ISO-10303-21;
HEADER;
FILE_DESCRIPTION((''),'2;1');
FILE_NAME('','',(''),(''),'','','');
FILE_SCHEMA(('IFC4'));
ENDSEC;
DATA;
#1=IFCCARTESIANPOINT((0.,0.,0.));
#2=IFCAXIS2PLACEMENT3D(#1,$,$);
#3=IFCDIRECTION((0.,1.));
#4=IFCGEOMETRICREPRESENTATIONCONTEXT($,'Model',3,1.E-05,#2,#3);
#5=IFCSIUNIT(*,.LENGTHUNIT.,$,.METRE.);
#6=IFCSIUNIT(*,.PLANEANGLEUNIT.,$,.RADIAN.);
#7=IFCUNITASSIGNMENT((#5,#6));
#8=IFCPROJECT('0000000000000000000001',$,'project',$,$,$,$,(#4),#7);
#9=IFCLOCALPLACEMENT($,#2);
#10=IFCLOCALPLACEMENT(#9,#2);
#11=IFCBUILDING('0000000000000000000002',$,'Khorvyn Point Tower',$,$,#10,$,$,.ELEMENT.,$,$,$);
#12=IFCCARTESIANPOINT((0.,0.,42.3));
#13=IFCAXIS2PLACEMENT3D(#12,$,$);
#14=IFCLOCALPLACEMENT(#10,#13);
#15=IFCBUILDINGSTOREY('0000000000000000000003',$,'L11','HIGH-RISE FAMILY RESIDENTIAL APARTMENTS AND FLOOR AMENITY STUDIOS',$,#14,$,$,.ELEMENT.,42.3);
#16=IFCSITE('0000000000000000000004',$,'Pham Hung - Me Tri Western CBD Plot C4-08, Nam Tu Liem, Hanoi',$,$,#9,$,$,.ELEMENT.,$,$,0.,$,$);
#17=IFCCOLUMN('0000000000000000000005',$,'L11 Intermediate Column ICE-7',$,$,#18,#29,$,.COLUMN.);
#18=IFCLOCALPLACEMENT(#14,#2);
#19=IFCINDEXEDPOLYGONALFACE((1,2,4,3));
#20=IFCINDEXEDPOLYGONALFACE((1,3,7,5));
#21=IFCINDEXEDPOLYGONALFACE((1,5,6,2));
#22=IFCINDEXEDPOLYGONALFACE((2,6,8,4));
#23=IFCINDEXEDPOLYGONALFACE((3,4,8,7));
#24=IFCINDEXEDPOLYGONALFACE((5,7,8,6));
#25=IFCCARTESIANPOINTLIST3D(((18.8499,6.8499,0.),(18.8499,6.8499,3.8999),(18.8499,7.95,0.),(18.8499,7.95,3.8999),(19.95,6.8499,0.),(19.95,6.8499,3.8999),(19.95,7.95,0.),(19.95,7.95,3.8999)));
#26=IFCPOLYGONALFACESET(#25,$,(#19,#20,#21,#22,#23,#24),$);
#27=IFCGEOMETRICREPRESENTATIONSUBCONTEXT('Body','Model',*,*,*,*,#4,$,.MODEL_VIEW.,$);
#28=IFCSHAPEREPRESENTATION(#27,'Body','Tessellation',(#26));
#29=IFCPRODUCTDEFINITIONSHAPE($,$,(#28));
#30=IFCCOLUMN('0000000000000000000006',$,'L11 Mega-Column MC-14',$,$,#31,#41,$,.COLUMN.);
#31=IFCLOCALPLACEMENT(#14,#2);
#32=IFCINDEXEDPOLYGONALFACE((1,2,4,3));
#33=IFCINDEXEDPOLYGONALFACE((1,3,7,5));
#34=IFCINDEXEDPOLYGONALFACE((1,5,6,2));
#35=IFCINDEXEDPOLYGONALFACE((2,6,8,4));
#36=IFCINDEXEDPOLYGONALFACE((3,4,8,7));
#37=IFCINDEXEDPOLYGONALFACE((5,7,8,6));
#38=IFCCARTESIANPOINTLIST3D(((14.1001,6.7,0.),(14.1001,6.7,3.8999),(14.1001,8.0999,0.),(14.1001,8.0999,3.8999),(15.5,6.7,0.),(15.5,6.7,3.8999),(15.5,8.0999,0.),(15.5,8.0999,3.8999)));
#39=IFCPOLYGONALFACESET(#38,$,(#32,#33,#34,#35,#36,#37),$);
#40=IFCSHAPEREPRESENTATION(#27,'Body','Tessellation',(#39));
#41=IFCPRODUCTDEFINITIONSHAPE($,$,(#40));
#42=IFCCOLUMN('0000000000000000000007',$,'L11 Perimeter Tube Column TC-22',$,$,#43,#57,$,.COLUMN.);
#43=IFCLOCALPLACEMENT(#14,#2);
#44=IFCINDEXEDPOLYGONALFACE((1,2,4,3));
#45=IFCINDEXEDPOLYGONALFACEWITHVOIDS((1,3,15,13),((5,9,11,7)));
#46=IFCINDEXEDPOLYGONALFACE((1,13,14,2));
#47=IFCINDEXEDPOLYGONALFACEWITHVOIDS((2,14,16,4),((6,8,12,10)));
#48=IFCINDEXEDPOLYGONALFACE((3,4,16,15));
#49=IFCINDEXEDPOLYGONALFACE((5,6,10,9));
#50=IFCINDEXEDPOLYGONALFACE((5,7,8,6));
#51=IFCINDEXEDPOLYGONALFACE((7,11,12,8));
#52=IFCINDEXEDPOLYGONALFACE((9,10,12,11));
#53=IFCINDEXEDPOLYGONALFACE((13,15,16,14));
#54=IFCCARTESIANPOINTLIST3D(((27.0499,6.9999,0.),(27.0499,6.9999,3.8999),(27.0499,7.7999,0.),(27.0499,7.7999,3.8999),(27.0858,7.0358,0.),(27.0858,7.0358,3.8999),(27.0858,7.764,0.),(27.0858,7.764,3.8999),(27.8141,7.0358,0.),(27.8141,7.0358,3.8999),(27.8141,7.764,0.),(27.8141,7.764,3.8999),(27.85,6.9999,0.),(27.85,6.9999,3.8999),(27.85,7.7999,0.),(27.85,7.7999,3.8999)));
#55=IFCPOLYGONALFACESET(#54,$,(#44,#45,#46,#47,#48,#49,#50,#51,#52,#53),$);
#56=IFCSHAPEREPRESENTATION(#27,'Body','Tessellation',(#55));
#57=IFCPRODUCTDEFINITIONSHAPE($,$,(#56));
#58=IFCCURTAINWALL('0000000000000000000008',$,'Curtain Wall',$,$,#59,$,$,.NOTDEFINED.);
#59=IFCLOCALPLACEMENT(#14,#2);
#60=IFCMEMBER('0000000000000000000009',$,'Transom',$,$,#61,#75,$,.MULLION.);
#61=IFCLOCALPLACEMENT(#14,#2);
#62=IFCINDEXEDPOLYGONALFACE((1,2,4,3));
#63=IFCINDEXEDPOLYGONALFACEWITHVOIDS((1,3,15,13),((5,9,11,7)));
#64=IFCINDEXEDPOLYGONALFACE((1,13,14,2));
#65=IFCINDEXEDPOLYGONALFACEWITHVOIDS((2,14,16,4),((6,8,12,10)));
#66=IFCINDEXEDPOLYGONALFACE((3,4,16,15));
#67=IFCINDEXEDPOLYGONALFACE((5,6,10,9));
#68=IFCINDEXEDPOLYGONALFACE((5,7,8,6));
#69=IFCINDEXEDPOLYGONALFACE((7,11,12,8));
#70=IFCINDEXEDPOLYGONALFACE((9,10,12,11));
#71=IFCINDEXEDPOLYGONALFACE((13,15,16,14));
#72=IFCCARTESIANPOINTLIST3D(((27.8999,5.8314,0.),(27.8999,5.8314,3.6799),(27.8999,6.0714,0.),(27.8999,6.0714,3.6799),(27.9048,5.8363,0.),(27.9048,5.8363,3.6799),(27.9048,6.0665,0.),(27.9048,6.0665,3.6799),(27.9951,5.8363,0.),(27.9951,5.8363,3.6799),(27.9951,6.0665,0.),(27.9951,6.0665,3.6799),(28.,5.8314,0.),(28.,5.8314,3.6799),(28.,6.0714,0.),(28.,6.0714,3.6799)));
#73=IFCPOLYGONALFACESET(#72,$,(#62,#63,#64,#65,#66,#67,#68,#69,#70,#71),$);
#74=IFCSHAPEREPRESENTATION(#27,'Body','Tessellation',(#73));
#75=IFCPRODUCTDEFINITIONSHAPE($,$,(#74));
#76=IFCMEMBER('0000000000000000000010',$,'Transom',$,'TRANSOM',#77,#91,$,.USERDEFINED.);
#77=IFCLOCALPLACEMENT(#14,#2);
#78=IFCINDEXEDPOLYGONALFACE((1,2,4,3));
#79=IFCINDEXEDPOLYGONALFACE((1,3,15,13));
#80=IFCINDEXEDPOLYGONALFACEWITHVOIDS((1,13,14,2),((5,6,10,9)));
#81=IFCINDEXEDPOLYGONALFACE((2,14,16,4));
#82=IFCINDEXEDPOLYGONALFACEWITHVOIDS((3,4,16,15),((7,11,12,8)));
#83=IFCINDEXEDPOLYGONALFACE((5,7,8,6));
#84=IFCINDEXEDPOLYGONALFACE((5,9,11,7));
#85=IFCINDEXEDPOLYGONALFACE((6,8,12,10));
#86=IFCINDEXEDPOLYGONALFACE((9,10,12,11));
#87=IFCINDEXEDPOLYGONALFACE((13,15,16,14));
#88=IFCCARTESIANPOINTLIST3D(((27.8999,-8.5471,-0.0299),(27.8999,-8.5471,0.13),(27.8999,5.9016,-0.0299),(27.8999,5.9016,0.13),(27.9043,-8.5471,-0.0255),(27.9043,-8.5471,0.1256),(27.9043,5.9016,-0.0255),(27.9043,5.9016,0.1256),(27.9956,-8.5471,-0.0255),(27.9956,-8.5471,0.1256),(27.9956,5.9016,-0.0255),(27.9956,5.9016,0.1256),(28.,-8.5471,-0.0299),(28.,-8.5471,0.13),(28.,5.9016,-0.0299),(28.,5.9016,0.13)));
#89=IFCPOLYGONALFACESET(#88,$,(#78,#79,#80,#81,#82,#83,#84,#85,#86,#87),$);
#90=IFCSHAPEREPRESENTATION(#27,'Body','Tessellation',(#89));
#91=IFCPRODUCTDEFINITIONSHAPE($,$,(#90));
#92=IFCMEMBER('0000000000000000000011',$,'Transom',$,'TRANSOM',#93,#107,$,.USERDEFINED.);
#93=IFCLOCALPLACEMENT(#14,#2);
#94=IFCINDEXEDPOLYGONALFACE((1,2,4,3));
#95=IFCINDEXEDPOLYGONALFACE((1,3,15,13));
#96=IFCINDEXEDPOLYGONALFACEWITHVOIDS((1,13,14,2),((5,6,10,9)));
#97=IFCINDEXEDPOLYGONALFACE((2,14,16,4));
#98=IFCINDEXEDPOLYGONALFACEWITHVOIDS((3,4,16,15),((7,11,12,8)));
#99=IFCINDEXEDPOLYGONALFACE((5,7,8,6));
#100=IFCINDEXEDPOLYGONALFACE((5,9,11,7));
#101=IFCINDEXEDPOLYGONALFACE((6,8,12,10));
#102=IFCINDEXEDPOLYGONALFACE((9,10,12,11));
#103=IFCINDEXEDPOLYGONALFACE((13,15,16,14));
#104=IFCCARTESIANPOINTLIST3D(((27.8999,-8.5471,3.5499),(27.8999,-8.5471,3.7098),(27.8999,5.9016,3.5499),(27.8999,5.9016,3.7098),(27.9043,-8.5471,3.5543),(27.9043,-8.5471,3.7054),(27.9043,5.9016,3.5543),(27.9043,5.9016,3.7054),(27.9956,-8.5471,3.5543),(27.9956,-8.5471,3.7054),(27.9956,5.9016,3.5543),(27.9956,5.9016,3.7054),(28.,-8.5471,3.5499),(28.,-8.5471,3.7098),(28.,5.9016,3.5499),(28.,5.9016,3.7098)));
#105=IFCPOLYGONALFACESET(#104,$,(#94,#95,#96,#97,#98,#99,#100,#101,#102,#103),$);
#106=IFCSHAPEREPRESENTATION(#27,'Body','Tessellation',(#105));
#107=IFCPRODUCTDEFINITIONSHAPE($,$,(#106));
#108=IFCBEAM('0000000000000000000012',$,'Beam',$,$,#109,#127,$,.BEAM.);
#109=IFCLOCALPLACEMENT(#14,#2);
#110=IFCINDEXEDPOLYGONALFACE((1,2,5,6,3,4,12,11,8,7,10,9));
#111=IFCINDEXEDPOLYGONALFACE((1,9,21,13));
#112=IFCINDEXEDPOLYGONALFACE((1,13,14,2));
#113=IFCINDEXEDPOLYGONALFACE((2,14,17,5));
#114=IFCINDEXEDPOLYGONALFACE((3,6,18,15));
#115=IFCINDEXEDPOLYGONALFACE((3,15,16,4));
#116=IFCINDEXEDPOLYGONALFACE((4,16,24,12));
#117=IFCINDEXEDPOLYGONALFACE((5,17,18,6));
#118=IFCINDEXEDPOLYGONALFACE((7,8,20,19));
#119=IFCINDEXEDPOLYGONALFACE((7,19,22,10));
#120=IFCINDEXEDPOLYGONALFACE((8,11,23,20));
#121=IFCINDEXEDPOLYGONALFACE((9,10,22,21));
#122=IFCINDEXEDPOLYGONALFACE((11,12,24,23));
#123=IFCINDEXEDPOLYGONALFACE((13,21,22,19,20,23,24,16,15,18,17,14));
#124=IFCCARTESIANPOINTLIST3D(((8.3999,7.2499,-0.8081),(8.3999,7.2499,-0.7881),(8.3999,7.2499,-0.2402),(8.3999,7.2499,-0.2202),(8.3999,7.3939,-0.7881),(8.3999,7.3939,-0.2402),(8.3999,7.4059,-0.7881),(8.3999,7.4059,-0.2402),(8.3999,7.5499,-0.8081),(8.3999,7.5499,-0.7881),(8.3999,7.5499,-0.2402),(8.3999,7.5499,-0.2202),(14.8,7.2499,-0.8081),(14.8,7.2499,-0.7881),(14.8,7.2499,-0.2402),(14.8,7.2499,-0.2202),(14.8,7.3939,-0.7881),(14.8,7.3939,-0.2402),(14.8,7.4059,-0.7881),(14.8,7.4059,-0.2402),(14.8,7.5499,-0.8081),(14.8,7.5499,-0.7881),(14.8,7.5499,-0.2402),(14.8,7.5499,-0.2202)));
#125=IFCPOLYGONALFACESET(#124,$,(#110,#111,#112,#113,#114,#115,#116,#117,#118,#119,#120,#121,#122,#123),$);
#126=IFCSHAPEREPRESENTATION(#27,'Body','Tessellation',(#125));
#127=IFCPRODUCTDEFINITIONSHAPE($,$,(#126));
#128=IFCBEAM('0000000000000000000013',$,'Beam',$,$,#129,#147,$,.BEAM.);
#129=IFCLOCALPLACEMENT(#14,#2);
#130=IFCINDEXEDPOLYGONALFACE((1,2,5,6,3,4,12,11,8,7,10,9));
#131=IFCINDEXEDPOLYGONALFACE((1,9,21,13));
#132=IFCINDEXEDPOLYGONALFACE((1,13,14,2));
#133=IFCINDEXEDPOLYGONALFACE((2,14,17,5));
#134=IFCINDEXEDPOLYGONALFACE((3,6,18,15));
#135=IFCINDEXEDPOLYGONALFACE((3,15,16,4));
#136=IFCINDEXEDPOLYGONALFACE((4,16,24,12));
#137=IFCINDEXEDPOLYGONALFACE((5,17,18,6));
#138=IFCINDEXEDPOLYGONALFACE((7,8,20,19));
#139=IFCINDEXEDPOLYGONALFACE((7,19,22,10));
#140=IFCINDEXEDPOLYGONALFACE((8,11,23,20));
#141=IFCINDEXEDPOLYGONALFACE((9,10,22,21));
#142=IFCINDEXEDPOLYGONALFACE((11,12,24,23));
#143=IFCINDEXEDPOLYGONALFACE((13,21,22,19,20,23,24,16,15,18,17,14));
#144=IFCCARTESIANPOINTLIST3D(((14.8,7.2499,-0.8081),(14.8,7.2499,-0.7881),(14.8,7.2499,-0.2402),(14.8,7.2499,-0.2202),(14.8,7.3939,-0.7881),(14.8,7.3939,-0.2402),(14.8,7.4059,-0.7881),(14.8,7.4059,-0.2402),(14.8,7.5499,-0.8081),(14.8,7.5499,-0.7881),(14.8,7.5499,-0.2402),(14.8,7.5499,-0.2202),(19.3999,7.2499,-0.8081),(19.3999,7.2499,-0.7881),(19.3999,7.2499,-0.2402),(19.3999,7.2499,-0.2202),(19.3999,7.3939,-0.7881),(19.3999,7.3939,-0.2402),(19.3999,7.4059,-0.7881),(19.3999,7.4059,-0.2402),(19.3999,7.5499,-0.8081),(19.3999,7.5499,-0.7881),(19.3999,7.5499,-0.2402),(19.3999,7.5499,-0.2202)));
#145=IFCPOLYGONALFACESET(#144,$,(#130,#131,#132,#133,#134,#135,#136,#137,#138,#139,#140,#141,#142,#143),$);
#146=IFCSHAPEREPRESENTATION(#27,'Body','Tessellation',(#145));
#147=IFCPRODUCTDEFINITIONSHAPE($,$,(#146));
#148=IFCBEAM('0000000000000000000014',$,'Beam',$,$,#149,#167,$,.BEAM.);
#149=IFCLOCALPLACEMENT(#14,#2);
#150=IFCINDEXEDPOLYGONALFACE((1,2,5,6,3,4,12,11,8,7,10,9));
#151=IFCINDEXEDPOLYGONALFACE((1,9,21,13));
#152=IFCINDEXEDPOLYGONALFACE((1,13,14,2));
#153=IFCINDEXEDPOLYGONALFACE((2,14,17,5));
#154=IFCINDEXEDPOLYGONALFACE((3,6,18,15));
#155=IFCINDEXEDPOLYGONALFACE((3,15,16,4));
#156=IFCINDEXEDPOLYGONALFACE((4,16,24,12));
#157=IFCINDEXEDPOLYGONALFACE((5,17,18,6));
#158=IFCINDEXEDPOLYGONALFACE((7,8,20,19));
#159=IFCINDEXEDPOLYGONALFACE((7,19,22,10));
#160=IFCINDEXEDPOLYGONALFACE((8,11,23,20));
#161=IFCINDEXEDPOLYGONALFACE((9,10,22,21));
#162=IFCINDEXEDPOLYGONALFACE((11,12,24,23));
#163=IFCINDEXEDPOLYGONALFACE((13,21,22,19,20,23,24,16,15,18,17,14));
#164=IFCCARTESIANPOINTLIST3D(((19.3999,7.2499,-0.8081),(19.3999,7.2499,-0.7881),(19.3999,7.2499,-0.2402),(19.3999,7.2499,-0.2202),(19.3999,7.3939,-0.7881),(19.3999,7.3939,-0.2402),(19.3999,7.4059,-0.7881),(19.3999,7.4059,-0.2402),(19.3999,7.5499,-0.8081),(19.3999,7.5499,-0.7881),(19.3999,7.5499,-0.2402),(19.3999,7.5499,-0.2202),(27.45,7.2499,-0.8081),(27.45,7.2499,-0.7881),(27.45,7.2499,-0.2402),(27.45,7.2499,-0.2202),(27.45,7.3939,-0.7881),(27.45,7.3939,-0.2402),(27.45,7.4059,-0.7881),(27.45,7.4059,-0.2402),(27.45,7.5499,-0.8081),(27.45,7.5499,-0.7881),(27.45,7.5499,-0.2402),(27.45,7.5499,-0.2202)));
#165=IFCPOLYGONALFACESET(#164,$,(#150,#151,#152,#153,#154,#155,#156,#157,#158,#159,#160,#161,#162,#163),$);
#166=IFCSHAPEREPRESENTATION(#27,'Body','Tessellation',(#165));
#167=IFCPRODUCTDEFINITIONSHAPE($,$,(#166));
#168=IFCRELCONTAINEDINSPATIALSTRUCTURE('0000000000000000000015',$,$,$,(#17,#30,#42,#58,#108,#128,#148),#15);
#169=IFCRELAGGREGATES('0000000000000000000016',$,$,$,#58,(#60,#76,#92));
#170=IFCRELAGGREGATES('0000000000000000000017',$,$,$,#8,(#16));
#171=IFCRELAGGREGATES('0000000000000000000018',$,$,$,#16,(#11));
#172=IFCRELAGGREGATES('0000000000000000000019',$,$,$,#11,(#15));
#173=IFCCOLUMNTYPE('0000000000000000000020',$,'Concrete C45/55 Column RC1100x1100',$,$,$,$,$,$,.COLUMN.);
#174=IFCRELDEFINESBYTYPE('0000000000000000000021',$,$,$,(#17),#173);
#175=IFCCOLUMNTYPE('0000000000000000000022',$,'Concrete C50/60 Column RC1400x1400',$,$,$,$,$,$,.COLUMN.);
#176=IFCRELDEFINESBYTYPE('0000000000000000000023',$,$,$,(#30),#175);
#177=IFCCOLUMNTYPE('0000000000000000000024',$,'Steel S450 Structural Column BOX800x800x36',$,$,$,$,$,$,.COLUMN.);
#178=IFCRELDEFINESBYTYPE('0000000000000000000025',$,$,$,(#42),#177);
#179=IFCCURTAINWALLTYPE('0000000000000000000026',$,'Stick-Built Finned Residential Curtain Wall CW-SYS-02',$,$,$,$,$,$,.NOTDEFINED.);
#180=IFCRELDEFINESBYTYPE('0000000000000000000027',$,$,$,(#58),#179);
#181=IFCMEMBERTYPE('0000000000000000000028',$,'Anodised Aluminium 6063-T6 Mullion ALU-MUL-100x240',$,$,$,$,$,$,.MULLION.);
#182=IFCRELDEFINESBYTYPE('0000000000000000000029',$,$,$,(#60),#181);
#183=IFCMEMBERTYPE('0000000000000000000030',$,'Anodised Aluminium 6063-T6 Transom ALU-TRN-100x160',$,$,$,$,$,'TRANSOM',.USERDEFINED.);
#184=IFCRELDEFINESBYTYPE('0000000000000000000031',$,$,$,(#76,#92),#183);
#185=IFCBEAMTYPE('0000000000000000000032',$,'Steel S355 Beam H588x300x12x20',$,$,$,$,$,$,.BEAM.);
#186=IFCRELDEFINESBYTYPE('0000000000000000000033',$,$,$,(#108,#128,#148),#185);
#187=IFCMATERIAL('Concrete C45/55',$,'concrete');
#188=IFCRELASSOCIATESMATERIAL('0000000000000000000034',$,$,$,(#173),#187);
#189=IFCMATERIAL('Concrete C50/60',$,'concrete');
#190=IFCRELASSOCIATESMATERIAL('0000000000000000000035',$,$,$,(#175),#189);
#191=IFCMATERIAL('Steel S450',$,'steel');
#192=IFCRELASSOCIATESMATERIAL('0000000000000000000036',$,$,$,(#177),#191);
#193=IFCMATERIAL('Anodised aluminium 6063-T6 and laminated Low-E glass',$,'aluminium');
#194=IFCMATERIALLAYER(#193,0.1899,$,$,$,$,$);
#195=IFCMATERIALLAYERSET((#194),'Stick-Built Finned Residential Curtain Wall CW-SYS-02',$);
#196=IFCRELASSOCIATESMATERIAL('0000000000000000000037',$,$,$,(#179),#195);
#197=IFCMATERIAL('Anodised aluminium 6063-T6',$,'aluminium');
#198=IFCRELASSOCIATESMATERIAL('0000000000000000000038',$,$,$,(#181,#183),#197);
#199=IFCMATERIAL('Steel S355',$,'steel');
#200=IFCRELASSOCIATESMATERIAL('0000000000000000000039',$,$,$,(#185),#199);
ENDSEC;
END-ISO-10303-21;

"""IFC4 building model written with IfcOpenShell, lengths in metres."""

from ifc_helpers import new_model, si_unit, direction, frame, origin, origin_2d, place, context, subcontext, project, spatial, rectangle, hollow_rectangle, i_section, extrude, material, layer, layer_set, material_profile, profile_set, type_object, element, aggregate, save


model = new_model("IFC4")

# Units and contexts
model_context = context("Model", 3, precision=1e-05, world=origin(), true_north=direction((0.0, 1.0)))
body_context = subcontext(model_context, "Body", "Model", "MODEL_VIEW")
ifc_project = project(units=[si_unit("LENGTHUNIT", "METRE"), si_unit("PLANEANGLEUNIT", "RADIAN")], contexts=[model_context])

# Site, building, storey
site_placement = place(None, origin())
site = spatial("IfcSite", under=ifc_project, at=site_placement, Name="Pham Hung - Me Tri Western CBD Plot C4-08, Nam Tu Liem, Hanoi", CompositionType="ELEMENT", RefElevation=0.0)
building_placement = place(site_placement, origin())
building = spatial("IfcBuilding", under=site, at=building_placement, Name="Khorvyn Point Tower", CompositionType="ELEMENT")
storey_placement = place(building_placement, frame((0.0, 0.0, 42.3)))
storey = spatial("IfcBuildingStorey", under=building, at=storey_placement, Name="L11", Description="HIGH-RISE FAMILY RESIDENTIAL APARTMENTS AND FLOOR AMENITY STUDIOS", CompositionType="ELEMENT", Elevation=42.3)

# Columns
ifc_material_1 = material(Name="Concrete C45/55", Category="concrete")
ifc_material_profile_1 = material_profile(ifc_material_1, rectangle(XDim=1.1001, YDim=1.1001, at=origin_2d()))
ifc_profile_set_1 = profile_set([ifc_material_profile_1], Name="Concrete C45/55 RC1100x1100")
column_type_1 = type_object("IfcColumnType", Name="Concrete C45/55 Column RC1100x1100", PredefinedType="COLUMN", material=ifc_profile_set_1)
column_1_placement = place(storey_placement, frame((19.3999, 7.3999, 0.0), z_axis=(0.0, 0.0, 1.0), x_axis=(1.0, 0.0, 0.0)))
element("IfcColumn", 1, at=column_1_placement, inside=storey, type_object=column_type_1, Name="L11 Intermediate Column ICE-7", PredefinedType="COLUMN", context=body_context, shape_type="SweptSolid", body=[
    extrude(rectangle(XDim=1.1001, YDim=1.1001, at=origin_2d()), origin(), (0.0, 0.0, 1.0), 3.8999),
])
ifc_material_2 = material(Name="Concrete C50/60", Category="concrete")
ifc_material_profile_2 = material_profile(ifc_material_2, rectangle(XDim=1.3999, YDim=1.3999, at=origin_2d()))
ifc_profile_set_2 = profile_set([ifc_material_profile_2], Name="Concrete C50/60 RC1400x1400")
column_type_2 = type_object("IfcColumnType", Name="Concrete C50/60 Column RC1400x1400", PredefinedType="COLUMN", material=ifc_profile_set_2)
column_2_placement = place(storey_placement, frame((14.8, 7.3999, 0.0), z_axis=(0.0, 0.0, 1.0), x_axis=(1.0, 0.0, 0.0)))
element("IfcColumn", 2, at=column_2_placement, inside=storey, type_object=column_type_2, Name="L11 Mega-Column MC-14", PredefinedType="COLUMN", context=body_context, shape_type="SweptSolid", body=[
    extrude(rectangle(XDim=1.3999, YDim=1.3999, at=origin_2d()), origin(), (0.0, 0.0, 1.0), 3.8999),
])
ifc_material_3 = material(Name="Steel S450", Category="steel")
ifc_material_profile_3 = material_profile(ifc_material_3, hollow_rectangle(XDim=0.8, YDim=0.8, WallThickness=0.0359, at=origin_2d()))
ifc_profile_set_3 = profile_set([ifc_material_profile_3], Name="Steel S450 BOX800x800x36")
column_type_3 = type_object("IfcColumnType", Name="Steel S450 Structural Column BOX800x800x36", PredefinedType="COLUMN", material=ifc_profile_set_3)
column_3_placement = place(storey_placement, frame((27.45, 7.3999, 0.0), z_axis=(0.0, 0.0, 1.0), x_axis=(1.0, 0.0, 0.0)))
element("IfcColumn", 3, at=column_3_placement, inside=storey, type_object=column_type_3, Name="L11 Perimeter Tube Column TC-22", PredefinedType="COLUMN", context=body_context, shape_type="SweptSolid", body=[
    extrude(hollow_rectangle(XDim=0.8, YDim=0.8, WallThickness=0.0359, at=origin_2d()), origin(), (0.0, 0.0, 1.0), 3.8999),
])

# Curtain wall, members
ifc_material_4 = material(Name="Anodised aluminium 6063-T6 and laminated Low-E glass", Category="aluminium")
ifc_layer_1 = layer(ifc_material_4, 0.1899)
ifc_layer_set_1 = layer_set([ifc_layer_1], Name="Stick-Built Finned Residential Curtain Wall CW-SYS-02")
curtain_wall_type = type_object("IfcCurtainWallType", Name="Stick-Built Finned Residential Curtain Wall CW-SYS-02", PredefinedType="NOTDEFINED", material=ifc_layer_set_1)
curtain_wall_placement = place(storey_placement, origin())
curtain_wall = element("IfcCurtainWall", 4, at=curtain_wall_placement, inside=storey, type_object=curtain_wall_type, Name="Curtain Wall", PredefinedType="NOTDEFINED")
ifc_material_5 = material(Name="Anodised aluminium 6063-T6", Category="aluminium")
ifc_material_profile_4 = material_profile(ifc_material_5, hollow_rectangle(XDim=0.1001, YDim=0.24, WallThickness=0.0049, at=origin_2d()))
ifc_profile_set_4 = profile_set([ifc_material_profile_4], Name="Anodised aluminium 6063-T6 ALU-MUL-100x240")
member_type_1 = type_object("IfcMemberType", Name="Anodised Aluminium 6063-T6 Mullion ALU-MUL-100x240", PredefinedType="MULLION", material=ifc_profile_set_4)
member_1_placement = place(storey_placement, frame((27.95, 5.9514, 0.0), z_axis=(0.0, 0.0, 1.0), x_axis=(1.0, 0.0, 0.0)))
member_1 = element("IfcMember", 5, at=member_1_placement, type_object=member_type_1, Name="Transom", PredefinedType="MULLION", context=body_context, shape_type="SweptSolid", body=[
    extrude(hollow_rectangle(XDim=0.1001, YDim=0.24, WallThickness=0.0049, at=origin_2d()), origin(), (0.0, 0.0, 1.0), 3.6799),
])
ifc_material_profile_5 = material_profile(ifc_material_5, hollow_rectangle(XDim=0.1001, YDim=0.1599, WallThickness=0.0044, at=origin_2d()))
ifc_profile_set_5 = profile_set([ifc_material_profile_5], Name="Anodised aluminium 6063-T6 ALU-TRN-100x160")
member_type_2 = type_object("IfcMemberType", Name="Anodised Aluminium 6063-T6 Transom ALU-TRN-100x160", ElementType="TRANSOM", PredefinedType="USERDEFINED", material=ifc_profile_set_5)
member_2_placement = place(storey_placement, frame((27.95, 5.9016, 0.05), z_axis=(0.0, -1.0, 0.0), x_axis=(1.0, 0.0, 0.0)))
member_2 = element("IfcMember", 6, at=member_2_placement, type_object=member_type_2, Name="Transom", ObjectType="TRANSOM", PredefinedType="USERDEFINED", context=body_context, shape_type="SweptSolid", body=[
    extrude(hollow_rectangle(XDim=0.1001, YDim=0.1599, WallThickness=0.0044, at=origin_2d()), origin(), (0.0, 0.0, 1.0), 14.4487),
])
member_3_placement = place(storey_placement, frame((27.95, 5.9016, 3.6299), z_axis=(0.0, -1.0, 0.0), x_axis=(1.0, 0.0, 0.0)))
member_3 = element("IfcMember", 7, at=member_3_placement, type_object=member_type_2, Name="Transom", ObjectType="TRANSOM", PredefinedType="USERDEFINED", context=body_context, shape_type="SweptSolid", body=[
    extrude(hollow_rectangle(XDim=0.1001, YDim=0.1599, WallThickness=0.0044, at=origin_2d()), origin(), (0.0, 0.0, 1.0), 14.4487),
])

# Beams
ifc_material_6 = material(Name="Steel S355", Category="steel")
ifc_material_profile_6 = material_profile(ifc_material_6, i_section(OverallWidth=0.3, OverallDepth=0.5879, WebThickness=0.012, FlangeThickness=0.02, at=origin_2d()))
ifc_profile_set_6 = profile_set([ifc_material_profile_6], Name="Steel S355 H588x300x12x20")
beam_type_1 = type_object("IfcBeamType", Name="Steel S355 Beam H588x300x12x20", PredefinedType="BEAM", material=ifc_profile_set_6)
beam_1_placement = place(storey_placement, frame((8.3999, 7.3999, -0.5142), z_axis=(1.0, 0.0, 0.0), x_axis=(0.0, 1.0, 0.0)))
element("IfcBeam", 8, at=beam_1_placement, inside=storey, type_object=beam_type_1, Name="Beam", PredefinedType="BEAM", context=body_context, shape_type="SweptSolid", body=[
    extrude(i_section(OverallWidth=0.3, OverallDepth=0.5879, WebThickness=0.012, FlangeThickness=0.02, at=origin_2d()), origin(), (0.0, 0.0, 1.0), 6.4001),
])
beam_2_placement = place(storey_placement, frame((14.8, 7.3999, -0.5142), z_axis=(1.0, 0.0, 0.0), x_axis=(0.0, 1.0, 0.0)))
element("IfcBeam", 9, at=beam_2_placement, inside=storey, type_object=beam_type_1, Name="Beam", PredefinedType="BEAM", context=body_context, shape_type="SweptSolid", body=[
    extrude(i_section(OverallWidth=0.3, OverallDepth=0.5879, WebThickness=0.012, FlangeThickness=0.02, at=origin_2d()), origin(), (0.0, 0.0, 1.0), 4.5999),
])
beam_3_placement = place(storey_placement, frame((19.3999, 7.3999, -0.5142), z_axis=(1.0, 0.0, 0.0), x_axis=(0.0, 1.0, 0.0)))
element("IfcBeam", 10, at=beam_3_placement, inside=storey, type_object=beam_type_1, Name="Beam", PredefinedType="BEAM", context=body_context, shape_type="SweptSolid", body=[
    extrude(i_section(OverallWidth=0.3, OverallDepth=0.5879, WebThickness=0.012, FlangeThickness=0.02, at=origin_2d()), origin(), (0.0, 0.0, 1.0), 8.05),
])

aggregate(curtain_wall, [member_1, member_2, member_3])

save(model, "model.ifc")
